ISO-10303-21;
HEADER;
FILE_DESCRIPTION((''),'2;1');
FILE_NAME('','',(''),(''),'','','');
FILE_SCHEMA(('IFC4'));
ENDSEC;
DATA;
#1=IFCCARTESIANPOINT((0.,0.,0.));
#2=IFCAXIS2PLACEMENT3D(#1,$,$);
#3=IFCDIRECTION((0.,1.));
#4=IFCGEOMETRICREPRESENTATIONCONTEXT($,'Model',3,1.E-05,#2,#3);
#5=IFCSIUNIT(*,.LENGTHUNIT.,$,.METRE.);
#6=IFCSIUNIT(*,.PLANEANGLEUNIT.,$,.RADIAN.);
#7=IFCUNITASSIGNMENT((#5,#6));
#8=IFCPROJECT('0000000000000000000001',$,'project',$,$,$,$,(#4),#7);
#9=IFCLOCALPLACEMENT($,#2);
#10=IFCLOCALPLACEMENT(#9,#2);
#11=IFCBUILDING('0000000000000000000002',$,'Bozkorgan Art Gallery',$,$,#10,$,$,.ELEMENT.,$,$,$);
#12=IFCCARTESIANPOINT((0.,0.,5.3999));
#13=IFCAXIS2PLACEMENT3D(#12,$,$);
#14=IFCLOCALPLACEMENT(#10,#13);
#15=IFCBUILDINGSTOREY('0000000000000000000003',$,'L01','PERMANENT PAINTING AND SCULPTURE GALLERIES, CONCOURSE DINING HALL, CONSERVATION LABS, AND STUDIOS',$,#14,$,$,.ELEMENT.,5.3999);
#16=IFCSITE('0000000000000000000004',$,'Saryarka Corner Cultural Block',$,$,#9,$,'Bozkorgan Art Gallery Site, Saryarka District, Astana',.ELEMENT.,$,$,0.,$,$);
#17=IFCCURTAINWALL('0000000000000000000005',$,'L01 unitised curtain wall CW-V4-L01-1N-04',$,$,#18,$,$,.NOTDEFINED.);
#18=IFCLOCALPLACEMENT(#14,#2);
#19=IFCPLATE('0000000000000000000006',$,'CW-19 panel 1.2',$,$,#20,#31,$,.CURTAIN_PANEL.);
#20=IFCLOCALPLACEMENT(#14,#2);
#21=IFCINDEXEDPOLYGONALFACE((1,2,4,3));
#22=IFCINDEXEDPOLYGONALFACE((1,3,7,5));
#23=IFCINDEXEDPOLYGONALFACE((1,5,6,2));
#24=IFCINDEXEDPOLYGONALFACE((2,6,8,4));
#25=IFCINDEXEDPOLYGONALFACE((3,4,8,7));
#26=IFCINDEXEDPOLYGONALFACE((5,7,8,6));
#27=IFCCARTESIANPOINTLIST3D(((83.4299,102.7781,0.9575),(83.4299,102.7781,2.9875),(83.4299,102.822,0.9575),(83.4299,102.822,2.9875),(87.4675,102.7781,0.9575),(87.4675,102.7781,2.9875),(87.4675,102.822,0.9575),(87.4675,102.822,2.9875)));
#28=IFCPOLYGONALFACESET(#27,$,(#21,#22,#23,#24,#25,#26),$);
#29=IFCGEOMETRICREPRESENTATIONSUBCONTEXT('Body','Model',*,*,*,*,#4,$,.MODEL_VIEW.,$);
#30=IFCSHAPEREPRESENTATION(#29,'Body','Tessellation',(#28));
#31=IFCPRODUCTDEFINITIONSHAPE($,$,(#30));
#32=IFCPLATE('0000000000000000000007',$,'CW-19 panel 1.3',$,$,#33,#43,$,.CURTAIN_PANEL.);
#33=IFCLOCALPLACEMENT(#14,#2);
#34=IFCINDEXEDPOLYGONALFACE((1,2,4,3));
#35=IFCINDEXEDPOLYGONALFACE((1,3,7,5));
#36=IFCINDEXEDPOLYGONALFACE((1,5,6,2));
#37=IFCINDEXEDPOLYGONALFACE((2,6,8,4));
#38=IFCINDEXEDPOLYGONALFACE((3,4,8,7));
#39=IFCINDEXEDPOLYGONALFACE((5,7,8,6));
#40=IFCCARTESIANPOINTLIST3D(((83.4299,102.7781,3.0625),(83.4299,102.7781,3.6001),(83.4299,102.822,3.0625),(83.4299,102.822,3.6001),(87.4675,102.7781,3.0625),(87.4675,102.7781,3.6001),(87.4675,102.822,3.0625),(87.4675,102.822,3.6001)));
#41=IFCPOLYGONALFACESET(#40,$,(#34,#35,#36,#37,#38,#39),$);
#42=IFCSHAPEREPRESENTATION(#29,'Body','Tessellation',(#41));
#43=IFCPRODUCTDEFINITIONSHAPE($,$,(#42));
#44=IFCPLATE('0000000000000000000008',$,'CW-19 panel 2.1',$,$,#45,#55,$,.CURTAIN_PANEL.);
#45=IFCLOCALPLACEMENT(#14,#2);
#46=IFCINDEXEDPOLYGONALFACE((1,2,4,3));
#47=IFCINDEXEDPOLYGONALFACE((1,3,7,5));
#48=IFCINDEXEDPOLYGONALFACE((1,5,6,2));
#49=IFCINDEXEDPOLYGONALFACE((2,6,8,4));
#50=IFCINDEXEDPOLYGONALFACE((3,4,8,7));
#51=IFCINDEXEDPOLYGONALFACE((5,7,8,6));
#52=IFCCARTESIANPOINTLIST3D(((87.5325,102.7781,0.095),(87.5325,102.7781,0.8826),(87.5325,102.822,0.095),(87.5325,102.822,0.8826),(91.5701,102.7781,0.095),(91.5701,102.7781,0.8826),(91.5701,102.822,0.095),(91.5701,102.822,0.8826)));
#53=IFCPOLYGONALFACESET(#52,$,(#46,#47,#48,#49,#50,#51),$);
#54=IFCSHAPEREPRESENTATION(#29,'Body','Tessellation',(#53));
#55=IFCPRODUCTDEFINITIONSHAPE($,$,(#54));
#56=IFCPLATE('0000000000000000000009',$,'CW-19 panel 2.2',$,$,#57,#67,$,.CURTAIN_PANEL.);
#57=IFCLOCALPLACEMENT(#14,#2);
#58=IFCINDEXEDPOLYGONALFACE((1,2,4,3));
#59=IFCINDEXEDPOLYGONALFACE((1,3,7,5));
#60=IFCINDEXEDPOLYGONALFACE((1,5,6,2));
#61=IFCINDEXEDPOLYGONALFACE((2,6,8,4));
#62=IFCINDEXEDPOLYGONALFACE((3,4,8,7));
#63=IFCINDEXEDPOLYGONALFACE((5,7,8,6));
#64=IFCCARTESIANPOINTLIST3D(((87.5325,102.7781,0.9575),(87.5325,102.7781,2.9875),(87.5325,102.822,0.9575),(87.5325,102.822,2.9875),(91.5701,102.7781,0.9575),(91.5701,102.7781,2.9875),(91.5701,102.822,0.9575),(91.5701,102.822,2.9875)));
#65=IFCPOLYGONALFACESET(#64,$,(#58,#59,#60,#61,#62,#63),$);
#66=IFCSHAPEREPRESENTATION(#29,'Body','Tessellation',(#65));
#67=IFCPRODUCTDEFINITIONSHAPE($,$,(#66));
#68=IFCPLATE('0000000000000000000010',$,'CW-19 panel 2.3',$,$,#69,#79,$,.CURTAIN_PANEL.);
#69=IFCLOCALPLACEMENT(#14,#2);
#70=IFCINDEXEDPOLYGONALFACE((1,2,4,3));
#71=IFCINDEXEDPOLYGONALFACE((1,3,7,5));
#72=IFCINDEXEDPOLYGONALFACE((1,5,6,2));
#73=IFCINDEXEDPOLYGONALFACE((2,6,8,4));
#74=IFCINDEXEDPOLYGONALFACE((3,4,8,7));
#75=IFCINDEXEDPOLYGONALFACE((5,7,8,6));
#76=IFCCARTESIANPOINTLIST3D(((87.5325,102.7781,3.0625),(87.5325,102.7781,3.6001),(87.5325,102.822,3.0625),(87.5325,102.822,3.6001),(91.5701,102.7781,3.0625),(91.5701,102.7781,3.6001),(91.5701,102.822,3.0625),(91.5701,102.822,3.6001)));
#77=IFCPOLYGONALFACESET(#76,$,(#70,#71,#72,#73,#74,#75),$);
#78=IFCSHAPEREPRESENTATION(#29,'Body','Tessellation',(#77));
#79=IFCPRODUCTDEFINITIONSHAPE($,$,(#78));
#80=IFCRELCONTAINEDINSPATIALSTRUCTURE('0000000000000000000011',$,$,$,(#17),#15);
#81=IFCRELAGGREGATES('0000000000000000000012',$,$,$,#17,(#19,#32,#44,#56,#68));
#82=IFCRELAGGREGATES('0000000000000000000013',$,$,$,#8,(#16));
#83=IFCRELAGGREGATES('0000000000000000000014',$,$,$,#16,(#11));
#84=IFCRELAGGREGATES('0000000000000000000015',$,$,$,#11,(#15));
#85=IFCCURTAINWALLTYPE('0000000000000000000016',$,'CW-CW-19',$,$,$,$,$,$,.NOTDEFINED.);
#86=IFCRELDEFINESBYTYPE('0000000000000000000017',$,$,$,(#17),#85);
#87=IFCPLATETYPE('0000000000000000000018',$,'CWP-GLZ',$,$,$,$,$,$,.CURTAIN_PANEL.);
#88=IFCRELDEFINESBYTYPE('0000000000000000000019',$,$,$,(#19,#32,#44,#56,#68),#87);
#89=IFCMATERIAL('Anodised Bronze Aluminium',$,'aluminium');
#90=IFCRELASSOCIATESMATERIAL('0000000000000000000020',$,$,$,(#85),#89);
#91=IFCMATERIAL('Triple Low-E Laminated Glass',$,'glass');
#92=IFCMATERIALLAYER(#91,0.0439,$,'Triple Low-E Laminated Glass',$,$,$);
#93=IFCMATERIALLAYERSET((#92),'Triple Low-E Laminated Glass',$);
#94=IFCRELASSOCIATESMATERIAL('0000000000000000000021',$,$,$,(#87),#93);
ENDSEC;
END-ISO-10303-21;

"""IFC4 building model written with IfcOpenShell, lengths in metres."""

from ifc_helpers import new_model, si_unit, direction, frame, origin, origin_2d, place, context, subcontext, project, spatial, rectangle, extrude, material, layer, layer_set, type_object, element, aggregate, save


model = new_model("IFC4")

# Units and contexts
model_context = context("Model", 3, precision=1e-05, world=origin(), true_north=direction((0.0, 1.0)))
body_context = subcontext(model_context, "Body", "Model", "MODEL_VIEW")
ifc_project = project(units=[si_unit("LENGTHUNIT", "METRE"), si_unit("PLANEANGLEUNIT", "RADIAN")], contexts=[model_context])

# Site, building, storey
site_placement = place(None, origin())
site = spatial("IfcSite", under=ifc_project, at=site_placement, Name="Saryarka Corner Cultural Block", LongName="Bozkorgan Art Gallery Site, Saryarka District, Astana", CompositionType="ELEMENT", RefElevation=0.0)
building_placement = place(site_placement, origin())
building = spatial("IfcBuilding", under=site, at=building_placement, Name="Bozkorgan Art Gallery", CompositionType="ELEMENT")
storey_placement = place(building_placement, frame((0.0, 0.0, 5.3999)))
storey = spatial("IfcBuildingStorey", under=building, at=storey_placement, Name="L01", Description="PERMANENT PAINTING AND SCULPTURE GALLERIES, CONCOURSE DINING HALL, CONSERVATION LABS, AND STUDIOS", CompositionType="ELEMENT", Elevation=5.3999)

# Curtain wall, plates
ifc_material_1 = material(Name="Anodised Bronze Aluminium", Category="aluminium")
curtain_wall_type = type_object("IfcCurtainWallType", Name="CW-CW-19", PredefinedType="NOTDEFINED", material=ifc_material_1)
curtain_wall_placement = place(storey_placement, origin())
curtain_wall = element("IfcCurtainWall", 1, at=curtain_wall_placement, inside=storey, type_object=curtain_wall_type, Name="L01 unitised curtain wall CW-V4-L01-1N-04", PredefinedType="NOTDEFINED")
ifc_material_2 = material(Name="Triple Low-E Laminated Glass", Category="glass")
ifc_layer = layer(ifc_material_2, 0.0439, Name="Triple Low-E Laminated Glass")
ifc_layer_set = layer_set([ifc_layer], Name="Triple Low-E Laminated Glass")
plate_type = type_object("IfcPlateType", Name="CWP-GLZ", PredefinedType="CURTAIN_PANEL", material=ifc_layer_set)
plate_1_placement = place(storey_placement, frame((85.4487, 102.8, 0.9575), z_axis=(0.0, 0.0, 1.0), x_axis=(1.0, 0.0, 0.0)))
plate_1 = element("IfcPlate", 2, at=plate_1_placement, type_object=plate_type, Name="CW-19 panel 1.2", PredefinedType="CURTAIN_PANEL", context=body_context, shape_type="SweptSolid", body=[
    extrude(rectangle(XDim=4.0376, YDim=0.0439, at=origin_2d()), origin(), (0.0, 0.0, 1.0), 2.03),
])
plate_2_placement = place(storey_placement, frame((85.4487, 102.8, 3.0625), z_axis=(0.0, 0.0, 1.0), x_axis=(1.0, 0.0, 0.0)))
plate_2 = element("IfcPlate", 3, at=plate_2_placement, type_object=plate_type, Name="CW-19 panel 1.3", PredefinedType="CURTAIN_PANEL", context=body_context, shape_type="SweptSolid", body=[
    extrude(rectangle(XDim=4.0376, YDim=0.0439, at=origin_2d()), origin(), (0.0, 0.0, 1.0), 0.5376),
])
plate_3_placement = place(storey_placement, frame((89.5513, 102.8, 0.095), z_axis=(0.0, 0.0, 1.0), x_axis=(1.0, 0.0, 0.0)))
plate_3 = element("IfcPlate", 4, at=plate_3_placement, type_object=plate_type, Name="CW-19 panel 2.1", PredefinedType="CURTAIN_PANEL", context=body_context, shape_type="SweptSolid", body=[
    extrude(rectangle(XDim=4.0376, YDim=0.0439, at=origin_2d()), origin(), (0.0, 0.0, 1.0), 0.7876),
])
plate_4_placement = place(storey_placement, frame((89.5513, 102.8, 0.9575), z_axis=(0.0, 0.0, 1.0), x_axis=(1.0, 0.0, 0.0)))
plate_4 = element("IfcPlate", 5, at=plate_4_placement, type_object=plate_type, Name="CW-19 panel 2.2", PredefinedType="CURTAIN_PANEL", context=body_context, shape_type="SweptSolid", body=[
    extrude(rectangle(XDim=4.0376, YDim=0.0439, at=origin_2d()), origin(), (0.0, 0.0, 1.0), 2.03),
])
plate_5_placement = place(storey_placement, frame((89.5513, 102.8, 3.0625), z_axis=(0.0, 0.0, 1.0), x_axis=(1.0, 0.0, 0.0)))
plate_5 = element("IfcPlate", 6, at=plate_5_placement, type_object=plate_type, Name="CW-19 panel 2.3", PredefinedType="CURTAIN_PANEL", context=body_context, shape_type="SweptSolid", body=[
    extrude(rectangle(XDim=4.0376, YDim=0.0439, at=origin_2d()), origin(), (0.0, 0.0, 1.0), 0.5376),
])
aggregate(curtain_wall, [plate_1, plate_2, plate_3, plate_4, plate_5])

save(model, "model.ifc")
